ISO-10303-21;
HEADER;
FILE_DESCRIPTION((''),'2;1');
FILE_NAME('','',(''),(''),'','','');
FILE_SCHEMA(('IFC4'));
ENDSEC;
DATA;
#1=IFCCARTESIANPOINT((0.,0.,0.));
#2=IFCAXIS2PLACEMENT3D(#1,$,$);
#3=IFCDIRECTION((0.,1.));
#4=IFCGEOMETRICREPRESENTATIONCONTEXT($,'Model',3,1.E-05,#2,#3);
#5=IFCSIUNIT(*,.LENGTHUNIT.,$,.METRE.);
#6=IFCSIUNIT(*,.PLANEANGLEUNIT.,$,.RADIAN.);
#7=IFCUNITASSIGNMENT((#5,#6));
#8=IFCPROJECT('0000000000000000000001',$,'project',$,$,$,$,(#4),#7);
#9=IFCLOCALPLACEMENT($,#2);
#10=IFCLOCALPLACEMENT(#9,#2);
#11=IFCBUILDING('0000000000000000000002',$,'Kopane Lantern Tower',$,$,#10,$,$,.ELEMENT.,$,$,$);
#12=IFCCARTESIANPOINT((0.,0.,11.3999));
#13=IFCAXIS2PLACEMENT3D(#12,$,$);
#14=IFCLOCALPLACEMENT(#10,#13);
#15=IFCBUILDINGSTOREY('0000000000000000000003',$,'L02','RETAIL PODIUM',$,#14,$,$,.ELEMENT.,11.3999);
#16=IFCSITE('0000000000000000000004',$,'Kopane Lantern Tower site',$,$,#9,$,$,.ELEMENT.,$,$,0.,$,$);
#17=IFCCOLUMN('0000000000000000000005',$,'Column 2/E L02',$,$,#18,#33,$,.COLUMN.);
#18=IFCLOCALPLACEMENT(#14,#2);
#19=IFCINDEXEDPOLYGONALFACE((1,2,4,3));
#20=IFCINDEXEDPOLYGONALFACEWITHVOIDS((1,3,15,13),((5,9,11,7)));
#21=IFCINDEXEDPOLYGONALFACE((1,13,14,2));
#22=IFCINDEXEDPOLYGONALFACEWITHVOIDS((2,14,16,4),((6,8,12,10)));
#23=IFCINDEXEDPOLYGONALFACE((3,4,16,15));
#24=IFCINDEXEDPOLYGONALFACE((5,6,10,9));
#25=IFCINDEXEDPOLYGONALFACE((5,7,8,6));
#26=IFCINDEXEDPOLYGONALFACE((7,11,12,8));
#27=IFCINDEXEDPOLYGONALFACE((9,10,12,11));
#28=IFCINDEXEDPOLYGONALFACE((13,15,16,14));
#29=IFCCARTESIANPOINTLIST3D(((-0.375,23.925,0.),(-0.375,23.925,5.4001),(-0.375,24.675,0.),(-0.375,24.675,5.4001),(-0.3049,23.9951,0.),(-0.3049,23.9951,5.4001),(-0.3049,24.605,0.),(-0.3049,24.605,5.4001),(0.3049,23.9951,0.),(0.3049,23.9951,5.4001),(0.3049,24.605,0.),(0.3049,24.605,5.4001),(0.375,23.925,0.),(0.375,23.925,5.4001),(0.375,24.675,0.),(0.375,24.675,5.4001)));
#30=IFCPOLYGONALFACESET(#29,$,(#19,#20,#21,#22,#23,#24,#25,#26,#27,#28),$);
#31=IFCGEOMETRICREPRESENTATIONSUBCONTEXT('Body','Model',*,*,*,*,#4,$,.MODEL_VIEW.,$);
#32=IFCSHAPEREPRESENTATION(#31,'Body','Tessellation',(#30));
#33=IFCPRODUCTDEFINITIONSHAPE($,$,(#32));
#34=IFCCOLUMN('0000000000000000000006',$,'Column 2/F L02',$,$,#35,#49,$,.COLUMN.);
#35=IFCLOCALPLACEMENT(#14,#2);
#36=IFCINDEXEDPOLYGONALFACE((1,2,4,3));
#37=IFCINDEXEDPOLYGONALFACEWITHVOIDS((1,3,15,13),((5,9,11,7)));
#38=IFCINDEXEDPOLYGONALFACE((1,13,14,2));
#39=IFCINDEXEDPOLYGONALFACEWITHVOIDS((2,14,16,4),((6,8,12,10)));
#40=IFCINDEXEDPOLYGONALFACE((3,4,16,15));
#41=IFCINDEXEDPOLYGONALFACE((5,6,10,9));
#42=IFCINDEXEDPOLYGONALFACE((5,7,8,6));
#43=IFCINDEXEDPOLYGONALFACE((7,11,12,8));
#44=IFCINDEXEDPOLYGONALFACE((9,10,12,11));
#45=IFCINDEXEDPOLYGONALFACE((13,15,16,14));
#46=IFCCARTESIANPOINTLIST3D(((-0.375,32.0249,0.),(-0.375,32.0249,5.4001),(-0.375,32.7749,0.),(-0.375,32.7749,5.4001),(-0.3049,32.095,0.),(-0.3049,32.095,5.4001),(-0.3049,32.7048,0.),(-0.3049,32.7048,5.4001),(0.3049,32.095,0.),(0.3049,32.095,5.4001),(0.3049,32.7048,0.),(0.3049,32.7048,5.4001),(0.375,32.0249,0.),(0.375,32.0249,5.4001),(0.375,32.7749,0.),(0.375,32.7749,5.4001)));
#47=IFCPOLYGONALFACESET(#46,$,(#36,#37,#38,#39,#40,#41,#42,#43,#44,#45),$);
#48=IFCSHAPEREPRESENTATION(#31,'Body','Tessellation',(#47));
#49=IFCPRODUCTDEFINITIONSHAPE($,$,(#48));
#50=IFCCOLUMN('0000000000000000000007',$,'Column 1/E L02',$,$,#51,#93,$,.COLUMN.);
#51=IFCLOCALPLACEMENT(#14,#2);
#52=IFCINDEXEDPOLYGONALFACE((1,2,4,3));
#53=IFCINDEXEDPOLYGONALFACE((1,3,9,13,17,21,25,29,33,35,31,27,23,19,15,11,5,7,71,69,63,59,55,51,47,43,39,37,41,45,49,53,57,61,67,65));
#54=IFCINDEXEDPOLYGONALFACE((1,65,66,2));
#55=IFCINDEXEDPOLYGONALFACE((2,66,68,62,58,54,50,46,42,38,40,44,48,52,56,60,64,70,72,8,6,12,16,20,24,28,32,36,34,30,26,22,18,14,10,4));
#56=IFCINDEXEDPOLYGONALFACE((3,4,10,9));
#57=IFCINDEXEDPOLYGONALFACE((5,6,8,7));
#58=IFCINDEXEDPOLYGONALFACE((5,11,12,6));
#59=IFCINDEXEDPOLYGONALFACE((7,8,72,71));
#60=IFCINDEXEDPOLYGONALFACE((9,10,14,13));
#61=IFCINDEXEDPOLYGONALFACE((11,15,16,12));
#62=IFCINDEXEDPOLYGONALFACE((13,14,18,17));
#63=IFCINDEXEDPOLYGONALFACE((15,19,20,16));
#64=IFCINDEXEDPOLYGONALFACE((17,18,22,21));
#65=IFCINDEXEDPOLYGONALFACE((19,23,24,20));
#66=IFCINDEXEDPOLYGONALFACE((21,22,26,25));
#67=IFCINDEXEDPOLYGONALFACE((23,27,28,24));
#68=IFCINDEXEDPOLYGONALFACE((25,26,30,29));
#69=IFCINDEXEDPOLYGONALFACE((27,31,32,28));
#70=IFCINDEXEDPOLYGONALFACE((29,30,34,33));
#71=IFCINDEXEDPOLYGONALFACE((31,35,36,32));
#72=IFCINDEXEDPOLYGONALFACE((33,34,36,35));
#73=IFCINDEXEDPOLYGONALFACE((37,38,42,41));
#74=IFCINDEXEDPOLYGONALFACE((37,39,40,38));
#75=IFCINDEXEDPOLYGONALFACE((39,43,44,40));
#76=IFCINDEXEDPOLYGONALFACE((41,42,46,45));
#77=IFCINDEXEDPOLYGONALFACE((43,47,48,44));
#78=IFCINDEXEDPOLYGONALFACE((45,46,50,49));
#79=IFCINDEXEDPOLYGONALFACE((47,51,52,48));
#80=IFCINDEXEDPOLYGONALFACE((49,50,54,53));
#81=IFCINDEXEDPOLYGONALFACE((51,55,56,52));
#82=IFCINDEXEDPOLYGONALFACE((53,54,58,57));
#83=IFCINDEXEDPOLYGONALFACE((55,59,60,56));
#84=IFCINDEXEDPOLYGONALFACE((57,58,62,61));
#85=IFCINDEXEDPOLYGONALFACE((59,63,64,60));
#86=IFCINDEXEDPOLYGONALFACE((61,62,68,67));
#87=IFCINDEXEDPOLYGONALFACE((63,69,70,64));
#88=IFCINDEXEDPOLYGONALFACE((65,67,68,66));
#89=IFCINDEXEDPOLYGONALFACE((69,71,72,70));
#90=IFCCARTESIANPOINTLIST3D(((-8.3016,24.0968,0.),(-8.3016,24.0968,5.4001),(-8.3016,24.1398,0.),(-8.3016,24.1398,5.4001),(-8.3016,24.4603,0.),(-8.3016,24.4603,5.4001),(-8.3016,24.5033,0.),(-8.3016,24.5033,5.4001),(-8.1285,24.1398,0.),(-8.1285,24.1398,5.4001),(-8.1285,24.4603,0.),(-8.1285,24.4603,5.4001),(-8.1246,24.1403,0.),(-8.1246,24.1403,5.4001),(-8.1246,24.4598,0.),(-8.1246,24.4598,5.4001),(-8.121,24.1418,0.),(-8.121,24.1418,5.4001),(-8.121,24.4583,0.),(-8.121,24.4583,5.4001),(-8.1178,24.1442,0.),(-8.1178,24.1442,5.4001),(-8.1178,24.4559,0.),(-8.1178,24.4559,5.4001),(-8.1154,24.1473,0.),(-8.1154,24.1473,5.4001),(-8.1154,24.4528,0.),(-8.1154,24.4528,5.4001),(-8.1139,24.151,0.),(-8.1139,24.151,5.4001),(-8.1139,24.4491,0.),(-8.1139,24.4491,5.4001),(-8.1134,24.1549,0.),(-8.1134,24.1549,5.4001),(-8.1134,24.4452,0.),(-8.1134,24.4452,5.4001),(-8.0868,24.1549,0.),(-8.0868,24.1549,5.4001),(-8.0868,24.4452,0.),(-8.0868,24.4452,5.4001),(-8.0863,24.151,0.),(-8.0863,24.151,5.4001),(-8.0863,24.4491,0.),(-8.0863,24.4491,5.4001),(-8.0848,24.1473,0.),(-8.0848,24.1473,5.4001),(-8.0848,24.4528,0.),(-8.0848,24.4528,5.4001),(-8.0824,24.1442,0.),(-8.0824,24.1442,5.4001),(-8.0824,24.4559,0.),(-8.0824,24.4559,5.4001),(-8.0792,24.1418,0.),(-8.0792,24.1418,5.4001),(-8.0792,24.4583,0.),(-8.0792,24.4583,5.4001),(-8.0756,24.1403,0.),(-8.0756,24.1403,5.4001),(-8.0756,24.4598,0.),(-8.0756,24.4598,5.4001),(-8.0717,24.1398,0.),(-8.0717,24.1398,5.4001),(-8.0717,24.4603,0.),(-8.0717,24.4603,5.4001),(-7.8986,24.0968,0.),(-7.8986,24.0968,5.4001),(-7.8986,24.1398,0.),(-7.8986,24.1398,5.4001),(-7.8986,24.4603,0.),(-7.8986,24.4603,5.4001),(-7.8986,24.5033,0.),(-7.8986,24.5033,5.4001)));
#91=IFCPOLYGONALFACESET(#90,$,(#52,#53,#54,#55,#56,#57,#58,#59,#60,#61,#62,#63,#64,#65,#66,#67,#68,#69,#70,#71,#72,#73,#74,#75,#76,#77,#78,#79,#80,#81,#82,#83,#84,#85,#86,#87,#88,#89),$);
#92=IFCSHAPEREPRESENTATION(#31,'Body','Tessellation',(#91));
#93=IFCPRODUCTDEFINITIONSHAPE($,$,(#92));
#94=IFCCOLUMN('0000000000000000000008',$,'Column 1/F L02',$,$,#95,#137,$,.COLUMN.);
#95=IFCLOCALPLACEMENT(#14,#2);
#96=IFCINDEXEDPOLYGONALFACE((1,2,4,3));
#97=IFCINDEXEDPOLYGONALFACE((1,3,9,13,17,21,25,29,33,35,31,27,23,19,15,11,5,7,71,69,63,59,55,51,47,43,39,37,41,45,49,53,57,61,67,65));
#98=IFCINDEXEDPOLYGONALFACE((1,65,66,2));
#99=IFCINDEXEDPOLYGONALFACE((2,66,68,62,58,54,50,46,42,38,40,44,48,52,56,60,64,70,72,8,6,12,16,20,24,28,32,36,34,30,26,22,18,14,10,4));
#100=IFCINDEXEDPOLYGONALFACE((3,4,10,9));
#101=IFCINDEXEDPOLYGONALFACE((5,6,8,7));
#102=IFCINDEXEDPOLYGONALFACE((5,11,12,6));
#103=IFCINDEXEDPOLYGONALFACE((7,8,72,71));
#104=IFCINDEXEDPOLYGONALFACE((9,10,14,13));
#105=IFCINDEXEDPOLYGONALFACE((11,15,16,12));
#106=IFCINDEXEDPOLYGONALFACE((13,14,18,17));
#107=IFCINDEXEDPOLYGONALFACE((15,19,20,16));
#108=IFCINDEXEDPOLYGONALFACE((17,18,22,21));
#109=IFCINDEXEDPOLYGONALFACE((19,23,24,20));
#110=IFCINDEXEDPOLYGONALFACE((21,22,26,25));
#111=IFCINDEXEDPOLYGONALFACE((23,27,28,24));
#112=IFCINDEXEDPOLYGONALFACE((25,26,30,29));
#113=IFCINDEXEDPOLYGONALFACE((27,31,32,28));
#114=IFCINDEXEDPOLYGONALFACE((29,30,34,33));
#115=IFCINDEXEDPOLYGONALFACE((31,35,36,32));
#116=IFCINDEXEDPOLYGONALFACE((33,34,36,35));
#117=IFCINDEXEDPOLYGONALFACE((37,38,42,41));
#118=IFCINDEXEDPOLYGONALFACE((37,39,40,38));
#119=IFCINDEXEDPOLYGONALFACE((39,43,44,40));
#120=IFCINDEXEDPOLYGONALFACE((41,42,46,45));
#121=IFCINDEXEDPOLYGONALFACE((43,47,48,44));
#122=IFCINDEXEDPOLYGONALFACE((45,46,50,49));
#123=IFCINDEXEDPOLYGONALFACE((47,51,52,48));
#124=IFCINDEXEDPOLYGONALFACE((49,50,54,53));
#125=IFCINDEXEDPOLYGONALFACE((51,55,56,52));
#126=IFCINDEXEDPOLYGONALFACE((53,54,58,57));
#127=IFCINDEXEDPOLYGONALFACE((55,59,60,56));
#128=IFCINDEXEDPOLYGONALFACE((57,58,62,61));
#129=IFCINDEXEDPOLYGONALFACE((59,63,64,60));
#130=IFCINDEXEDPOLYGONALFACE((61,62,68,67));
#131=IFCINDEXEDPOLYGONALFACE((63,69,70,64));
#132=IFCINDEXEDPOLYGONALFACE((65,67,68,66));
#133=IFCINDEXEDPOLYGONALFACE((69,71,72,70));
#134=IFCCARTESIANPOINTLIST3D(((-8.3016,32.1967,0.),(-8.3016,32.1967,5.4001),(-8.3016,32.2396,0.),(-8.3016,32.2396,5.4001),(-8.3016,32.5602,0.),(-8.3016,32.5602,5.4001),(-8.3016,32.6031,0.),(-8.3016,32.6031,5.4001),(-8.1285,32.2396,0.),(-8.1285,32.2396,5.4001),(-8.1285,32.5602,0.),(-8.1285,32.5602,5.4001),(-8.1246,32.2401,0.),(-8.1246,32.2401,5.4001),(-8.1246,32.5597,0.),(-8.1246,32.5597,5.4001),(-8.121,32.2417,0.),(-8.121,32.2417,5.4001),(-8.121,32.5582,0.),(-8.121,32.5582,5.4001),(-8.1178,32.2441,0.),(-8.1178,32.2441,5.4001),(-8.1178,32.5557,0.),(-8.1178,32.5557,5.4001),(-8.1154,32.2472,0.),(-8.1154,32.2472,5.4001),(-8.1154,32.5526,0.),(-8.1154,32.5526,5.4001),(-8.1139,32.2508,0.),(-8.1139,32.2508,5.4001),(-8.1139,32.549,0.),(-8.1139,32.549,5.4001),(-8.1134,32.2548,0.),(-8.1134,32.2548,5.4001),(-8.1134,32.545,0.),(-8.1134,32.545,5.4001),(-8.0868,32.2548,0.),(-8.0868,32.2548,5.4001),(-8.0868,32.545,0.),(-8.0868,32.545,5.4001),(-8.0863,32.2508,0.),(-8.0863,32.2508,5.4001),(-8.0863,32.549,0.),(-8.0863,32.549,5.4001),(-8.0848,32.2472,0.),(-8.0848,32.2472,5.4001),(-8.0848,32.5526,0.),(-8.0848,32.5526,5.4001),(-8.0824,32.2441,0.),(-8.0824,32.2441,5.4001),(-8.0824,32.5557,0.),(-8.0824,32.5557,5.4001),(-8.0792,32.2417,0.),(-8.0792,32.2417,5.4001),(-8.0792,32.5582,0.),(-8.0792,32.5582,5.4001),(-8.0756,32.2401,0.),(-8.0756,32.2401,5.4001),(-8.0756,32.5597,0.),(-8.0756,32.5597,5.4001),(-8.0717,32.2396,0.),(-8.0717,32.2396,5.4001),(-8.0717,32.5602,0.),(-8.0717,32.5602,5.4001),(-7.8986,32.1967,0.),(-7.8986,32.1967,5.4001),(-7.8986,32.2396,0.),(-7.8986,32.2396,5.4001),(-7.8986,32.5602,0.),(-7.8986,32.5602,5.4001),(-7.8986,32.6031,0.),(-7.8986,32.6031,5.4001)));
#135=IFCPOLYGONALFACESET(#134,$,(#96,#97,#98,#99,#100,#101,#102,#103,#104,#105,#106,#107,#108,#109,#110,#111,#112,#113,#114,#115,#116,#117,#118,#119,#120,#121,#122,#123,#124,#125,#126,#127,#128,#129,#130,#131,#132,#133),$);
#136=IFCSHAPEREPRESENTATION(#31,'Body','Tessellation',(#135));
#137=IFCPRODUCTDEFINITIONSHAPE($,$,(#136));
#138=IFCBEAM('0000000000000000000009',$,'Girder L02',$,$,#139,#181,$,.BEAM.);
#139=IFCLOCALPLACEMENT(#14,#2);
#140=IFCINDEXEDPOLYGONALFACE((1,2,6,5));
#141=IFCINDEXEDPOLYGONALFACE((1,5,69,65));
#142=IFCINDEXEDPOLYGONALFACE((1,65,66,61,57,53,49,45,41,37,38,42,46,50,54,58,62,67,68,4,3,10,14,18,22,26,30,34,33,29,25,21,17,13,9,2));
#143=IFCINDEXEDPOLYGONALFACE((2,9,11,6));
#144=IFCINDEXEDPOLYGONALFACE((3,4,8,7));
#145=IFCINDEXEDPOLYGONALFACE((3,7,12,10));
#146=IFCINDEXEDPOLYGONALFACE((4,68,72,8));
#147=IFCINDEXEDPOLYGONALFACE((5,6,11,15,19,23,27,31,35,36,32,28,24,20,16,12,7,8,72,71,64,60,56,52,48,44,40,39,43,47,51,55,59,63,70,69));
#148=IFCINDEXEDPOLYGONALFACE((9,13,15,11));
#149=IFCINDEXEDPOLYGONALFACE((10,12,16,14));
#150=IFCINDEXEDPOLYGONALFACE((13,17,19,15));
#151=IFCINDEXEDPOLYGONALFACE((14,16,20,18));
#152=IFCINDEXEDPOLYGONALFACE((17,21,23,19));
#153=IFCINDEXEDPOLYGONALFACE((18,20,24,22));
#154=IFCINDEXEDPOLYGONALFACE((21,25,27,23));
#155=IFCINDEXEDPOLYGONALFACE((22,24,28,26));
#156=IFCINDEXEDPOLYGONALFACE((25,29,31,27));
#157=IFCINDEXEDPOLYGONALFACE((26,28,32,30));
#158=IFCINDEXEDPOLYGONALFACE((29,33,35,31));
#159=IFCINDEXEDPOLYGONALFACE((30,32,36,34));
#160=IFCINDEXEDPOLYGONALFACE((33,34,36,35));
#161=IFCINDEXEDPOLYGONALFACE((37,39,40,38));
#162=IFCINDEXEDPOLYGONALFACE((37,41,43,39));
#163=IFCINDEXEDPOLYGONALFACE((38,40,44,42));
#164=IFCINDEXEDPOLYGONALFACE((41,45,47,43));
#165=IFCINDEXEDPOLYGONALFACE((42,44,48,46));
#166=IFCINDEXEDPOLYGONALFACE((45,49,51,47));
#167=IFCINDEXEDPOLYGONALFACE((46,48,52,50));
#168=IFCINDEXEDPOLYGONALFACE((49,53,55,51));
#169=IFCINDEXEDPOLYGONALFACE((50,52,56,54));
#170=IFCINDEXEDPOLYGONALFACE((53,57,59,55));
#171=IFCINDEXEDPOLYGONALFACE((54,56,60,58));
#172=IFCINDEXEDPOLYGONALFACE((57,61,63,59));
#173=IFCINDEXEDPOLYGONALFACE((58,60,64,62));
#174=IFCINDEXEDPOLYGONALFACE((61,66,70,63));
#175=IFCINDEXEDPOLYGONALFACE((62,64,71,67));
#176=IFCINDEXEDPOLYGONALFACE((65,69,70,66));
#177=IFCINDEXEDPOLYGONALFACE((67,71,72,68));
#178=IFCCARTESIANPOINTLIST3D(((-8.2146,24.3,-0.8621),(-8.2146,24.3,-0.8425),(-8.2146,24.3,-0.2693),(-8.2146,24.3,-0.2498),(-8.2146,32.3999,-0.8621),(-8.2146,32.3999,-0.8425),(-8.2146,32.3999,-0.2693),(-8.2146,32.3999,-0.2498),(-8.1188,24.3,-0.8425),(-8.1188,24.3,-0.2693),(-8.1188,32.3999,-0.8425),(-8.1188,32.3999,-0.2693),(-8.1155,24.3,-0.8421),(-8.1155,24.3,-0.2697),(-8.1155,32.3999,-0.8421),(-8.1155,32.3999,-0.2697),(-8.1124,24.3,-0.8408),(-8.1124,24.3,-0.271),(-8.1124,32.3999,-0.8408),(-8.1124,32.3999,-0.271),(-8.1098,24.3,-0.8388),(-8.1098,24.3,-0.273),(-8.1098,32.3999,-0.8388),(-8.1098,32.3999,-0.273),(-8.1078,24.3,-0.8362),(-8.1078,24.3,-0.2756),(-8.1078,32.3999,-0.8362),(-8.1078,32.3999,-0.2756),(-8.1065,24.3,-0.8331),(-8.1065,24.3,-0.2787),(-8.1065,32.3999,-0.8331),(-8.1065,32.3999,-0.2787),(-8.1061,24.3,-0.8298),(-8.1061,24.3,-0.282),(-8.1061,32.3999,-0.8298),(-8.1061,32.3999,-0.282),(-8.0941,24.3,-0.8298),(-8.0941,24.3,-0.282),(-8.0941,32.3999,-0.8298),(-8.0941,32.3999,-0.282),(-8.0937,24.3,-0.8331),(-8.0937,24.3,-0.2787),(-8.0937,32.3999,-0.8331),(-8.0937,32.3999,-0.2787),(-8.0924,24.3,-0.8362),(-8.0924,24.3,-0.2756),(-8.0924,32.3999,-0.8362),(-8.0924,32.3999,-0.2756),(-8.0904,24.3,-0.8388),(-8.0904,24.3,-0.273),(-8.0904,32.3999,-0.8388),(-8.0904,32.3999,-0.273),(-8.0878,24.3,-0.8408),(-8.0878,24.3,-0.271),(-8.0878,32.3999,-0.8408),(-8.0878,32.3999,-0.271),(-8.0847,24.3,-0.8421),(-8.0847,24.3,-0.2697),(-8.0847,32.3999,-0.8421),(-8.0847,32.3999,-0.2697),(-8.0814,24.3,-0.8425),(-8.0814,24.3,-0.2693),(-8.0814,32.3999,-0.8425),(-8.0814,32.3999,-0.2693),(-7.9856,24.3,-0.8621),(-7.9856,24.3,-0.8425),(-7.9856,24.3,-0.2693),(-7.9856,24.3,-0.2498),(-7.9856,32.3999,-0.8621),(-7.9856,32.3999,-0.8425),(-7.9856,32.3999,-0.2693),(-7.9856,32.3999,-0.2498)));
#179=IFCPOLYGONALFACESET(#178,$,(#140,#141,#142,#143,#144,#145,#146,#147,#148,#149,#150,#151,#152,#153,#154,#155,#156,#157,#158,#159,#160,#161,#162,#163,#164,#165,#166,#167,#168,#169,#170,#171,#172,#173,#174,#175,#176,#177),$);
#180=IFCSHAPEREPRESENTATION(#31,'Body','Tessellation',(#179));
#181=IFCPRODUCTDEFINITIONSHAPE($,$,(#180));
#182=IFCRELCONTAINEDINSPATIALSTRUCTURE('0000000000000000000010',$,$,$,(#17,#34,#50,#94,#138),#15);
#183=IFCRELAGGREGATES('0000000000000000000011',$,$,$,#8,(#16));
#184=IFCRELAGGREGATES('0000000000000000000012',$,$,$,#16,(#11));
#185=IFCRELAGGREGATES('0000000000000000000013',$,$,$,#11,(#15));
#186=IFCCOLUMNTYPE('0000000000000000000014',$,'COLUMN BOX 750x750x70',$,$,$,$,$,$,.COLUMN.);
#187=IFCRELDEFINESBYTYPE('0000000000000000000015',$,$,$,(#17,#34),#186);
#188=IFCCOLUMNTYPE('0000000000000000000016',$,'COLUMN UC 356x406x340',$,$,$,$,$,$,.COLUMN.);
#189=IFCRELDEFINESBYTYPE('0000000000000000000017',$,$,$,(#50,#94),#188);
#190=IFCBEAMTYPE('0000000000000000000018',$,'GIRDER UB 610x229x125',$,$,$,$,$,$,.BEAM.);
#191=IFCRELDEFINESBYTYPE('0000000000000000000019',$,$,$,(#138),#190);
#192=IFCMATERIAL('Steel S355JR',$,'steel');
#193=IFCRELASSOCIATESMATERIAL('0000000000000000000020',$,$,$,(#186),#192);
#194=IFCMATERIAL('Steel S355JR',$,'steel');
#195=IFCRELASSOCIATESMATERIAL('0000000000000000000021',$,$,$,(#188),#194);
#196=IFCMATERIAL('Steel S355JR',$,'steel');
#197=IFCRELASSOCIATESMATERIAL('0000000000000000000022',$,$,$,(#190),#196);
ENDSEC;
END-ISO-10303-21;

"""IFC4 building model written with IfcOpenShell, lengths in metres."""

from ifc_helpers import new_model, si_unit, direction, frame, origin, origin_2d, place, context, subcontext, project, spatial, hollow_rectangle, i_section, extrude, material, material_profile, profile_set, type_object, element, save


model = new_model("IFC4")

# Units and contexts
model_context = context("Model", 3, precision=1e-05, world=origin(), true_north=direction((0.0, 1.0)))
body_context = subcontext(model_context, "Body", "Model", "MODEL_VIEW")
ifc_project = project(units=[si_unit("LENGTHUNIT", "METRE"), si_unit("PLANEANGLEUNIT", "RADIAN")], contexts=[model_context])

# Site, building, storey
site_placement = place(None, origin())
site = spatial("IfcSite", under=ifc_project, at=site_placement, Name="Kopane Lantern Tower site", CompositionType="ELEMENT", RefElevation=0.0)
building_placement = place(site_placement, origin())
building = spatial("IfcBuilding", under=site, at=building_placement, Name="Kopane Lantern Tower", CompositionType="ELEMENT")
storey_placement = place(building_placement, frame((0.0, 0.0, 11.3999)))
storey = spatial("IfcBuildingStorey", under=building, at=storey_placement, Name="L02", Description="RETAIL PODIUM", CompositionType="ELEMENT", Elevation=11.3999)

# Columns
ifc_material_1 = material(Name="Steel S355JR", Category="steel")
ifc_material_profile_1 = material_profile(ifc_material_1, hollow_rectangle(XDim=0.75, YDim=0.75, WallThickness=0.0701, at=origin_2d()), Name="BOX 750x750x70")
ifc_profile_set_1 = profile_set([ifc_material_profile_1], Name="Steel S355JR")
column_type_1 = type_object("IfcColumnType", Name="COLUMN BOX 750x750x70", PredefinedType="COLUMN", material=ifc_profile_set_1)
for number, where, z_axis, x_axis, name in (
    (1, (0.0, 24.3, 0.0), (0.0, 0.0, 1.0), (1.0, 0.0, 0.0), "Column 2/E L02"),
    (2, (0.0, 32.3999, 0.0), (0.0, 0.0, 1.0), (1.0, 0.0, 0.0), "Column 2/F L02"),
):
    element("IfcColumn", number, at=place(storey_placement, frame(where, z_axis=z_axis, x_axis=x_axis)), inside=storey, type_object=column_type_1, Name=name, PredefinedType="COLUMN", context=body_context, shape_type="SweptSolid", body=[
        extrude(hollow_rectangle(XDim=0.75, YDim=0.75, WallThickness=0.0701, at=origin_2d()), origin(), (0.0, 0.0, 1.0), 5.4001),
    ])
ifc_material_2 = material(Name="Steel S355JR", Category="steel")
ifc_material_profile_2 = material_profile(ifc_material_2, i_section(OverallWidth=0.4031, OverallDepth=0.4065, WebThickness=0.0266, FlangeThickness=0.043, FilletRadius=0.0151, at=origin_2d()), Name="UC 356x406x340")
ifc_profile_set_2 = profile_set([ifc_material_profile_2], Name="Steel S355JR")
column_type_2 = type_object("IfcColumnType", Name="COLUMN UC 356x406x340", PredefinedType="COLUMN", material=ifc_profile_set_2)
for number, where, z_axis, x_axis, name in (
    (3, (-8.1001, 24.3, 0.0), (0.0, 0.0, 1.0), (1.0, 0.0, 0.0), "Column 1/E L02"),
    (4, (-8.1001, 32.3999, 0.0), (0.0, 0.0, 1.0), (1.0, 0.0, 0.0), "Column 1/F L02"),
):
    element("IfcColumn", number, at=place(storey_placement, frame(where, z_axis=z_axis, x_axis=x_axis)), inside=storey, type_object=column_type_2, Name=name, PredefinedType="COLUMN", context=body_context, shape_type="SweptSolid", body=[
        extrude(i_section(OverallWidth=0.4031, OverallDepth=0.4065, WebThickness=0.0266, FlangeThickness=0.043, FilletRadius=0.0151, at=origin_2d()), origin(), (0.0, 0.0, 1.0), 5.4001),
    ])

# Beam
ifc_material_3 = material(Name="Steel S355JR", Category="steel")
ifc_material_profile_3 = material_profile(ifc_material_3, i_section(OverallWidth=0.229, OverallDepth=0.6123, WebThickness=0.012, FlangeThickness=0.0195, FilletRadius=0.0127, at=origin_2d()), Name="UB 610x229x125")
ifc_profile_set_3 = profile_set([ifc_material_profile_3], Name="Steel S355JR")
beam_type = type_object("IfcBeamType", Name="GIRDER UB 610x229x125", PredefinedType="BEAM", material=ifc_profile_set_3)
beam_1_placement = place(storey_placement, frame((-8.1001, 24.3, -0.5559), z_axis=(0.0, 1.0, 0.0), x_axis=(-1.0, 0.0, 0.0)))
element("IfcBeam", 5, at=beam_1_placement, inside=storey, type_object=beam_type, Name="Girder L02", PredefinedType="BEAM", context=body_context, shape_type="SweptSolid", body=[
    extrude(i_section(OverallWidth=0.229, OverallDepth=0.6123, WebThickness=0.012, FlangeThickness=0.0195, FilletRadius=0.0127, at=origin_2d()), origin(), (0.0, 0.0, 1.0), 8.0999),
])

save(model, "model.ifc")
